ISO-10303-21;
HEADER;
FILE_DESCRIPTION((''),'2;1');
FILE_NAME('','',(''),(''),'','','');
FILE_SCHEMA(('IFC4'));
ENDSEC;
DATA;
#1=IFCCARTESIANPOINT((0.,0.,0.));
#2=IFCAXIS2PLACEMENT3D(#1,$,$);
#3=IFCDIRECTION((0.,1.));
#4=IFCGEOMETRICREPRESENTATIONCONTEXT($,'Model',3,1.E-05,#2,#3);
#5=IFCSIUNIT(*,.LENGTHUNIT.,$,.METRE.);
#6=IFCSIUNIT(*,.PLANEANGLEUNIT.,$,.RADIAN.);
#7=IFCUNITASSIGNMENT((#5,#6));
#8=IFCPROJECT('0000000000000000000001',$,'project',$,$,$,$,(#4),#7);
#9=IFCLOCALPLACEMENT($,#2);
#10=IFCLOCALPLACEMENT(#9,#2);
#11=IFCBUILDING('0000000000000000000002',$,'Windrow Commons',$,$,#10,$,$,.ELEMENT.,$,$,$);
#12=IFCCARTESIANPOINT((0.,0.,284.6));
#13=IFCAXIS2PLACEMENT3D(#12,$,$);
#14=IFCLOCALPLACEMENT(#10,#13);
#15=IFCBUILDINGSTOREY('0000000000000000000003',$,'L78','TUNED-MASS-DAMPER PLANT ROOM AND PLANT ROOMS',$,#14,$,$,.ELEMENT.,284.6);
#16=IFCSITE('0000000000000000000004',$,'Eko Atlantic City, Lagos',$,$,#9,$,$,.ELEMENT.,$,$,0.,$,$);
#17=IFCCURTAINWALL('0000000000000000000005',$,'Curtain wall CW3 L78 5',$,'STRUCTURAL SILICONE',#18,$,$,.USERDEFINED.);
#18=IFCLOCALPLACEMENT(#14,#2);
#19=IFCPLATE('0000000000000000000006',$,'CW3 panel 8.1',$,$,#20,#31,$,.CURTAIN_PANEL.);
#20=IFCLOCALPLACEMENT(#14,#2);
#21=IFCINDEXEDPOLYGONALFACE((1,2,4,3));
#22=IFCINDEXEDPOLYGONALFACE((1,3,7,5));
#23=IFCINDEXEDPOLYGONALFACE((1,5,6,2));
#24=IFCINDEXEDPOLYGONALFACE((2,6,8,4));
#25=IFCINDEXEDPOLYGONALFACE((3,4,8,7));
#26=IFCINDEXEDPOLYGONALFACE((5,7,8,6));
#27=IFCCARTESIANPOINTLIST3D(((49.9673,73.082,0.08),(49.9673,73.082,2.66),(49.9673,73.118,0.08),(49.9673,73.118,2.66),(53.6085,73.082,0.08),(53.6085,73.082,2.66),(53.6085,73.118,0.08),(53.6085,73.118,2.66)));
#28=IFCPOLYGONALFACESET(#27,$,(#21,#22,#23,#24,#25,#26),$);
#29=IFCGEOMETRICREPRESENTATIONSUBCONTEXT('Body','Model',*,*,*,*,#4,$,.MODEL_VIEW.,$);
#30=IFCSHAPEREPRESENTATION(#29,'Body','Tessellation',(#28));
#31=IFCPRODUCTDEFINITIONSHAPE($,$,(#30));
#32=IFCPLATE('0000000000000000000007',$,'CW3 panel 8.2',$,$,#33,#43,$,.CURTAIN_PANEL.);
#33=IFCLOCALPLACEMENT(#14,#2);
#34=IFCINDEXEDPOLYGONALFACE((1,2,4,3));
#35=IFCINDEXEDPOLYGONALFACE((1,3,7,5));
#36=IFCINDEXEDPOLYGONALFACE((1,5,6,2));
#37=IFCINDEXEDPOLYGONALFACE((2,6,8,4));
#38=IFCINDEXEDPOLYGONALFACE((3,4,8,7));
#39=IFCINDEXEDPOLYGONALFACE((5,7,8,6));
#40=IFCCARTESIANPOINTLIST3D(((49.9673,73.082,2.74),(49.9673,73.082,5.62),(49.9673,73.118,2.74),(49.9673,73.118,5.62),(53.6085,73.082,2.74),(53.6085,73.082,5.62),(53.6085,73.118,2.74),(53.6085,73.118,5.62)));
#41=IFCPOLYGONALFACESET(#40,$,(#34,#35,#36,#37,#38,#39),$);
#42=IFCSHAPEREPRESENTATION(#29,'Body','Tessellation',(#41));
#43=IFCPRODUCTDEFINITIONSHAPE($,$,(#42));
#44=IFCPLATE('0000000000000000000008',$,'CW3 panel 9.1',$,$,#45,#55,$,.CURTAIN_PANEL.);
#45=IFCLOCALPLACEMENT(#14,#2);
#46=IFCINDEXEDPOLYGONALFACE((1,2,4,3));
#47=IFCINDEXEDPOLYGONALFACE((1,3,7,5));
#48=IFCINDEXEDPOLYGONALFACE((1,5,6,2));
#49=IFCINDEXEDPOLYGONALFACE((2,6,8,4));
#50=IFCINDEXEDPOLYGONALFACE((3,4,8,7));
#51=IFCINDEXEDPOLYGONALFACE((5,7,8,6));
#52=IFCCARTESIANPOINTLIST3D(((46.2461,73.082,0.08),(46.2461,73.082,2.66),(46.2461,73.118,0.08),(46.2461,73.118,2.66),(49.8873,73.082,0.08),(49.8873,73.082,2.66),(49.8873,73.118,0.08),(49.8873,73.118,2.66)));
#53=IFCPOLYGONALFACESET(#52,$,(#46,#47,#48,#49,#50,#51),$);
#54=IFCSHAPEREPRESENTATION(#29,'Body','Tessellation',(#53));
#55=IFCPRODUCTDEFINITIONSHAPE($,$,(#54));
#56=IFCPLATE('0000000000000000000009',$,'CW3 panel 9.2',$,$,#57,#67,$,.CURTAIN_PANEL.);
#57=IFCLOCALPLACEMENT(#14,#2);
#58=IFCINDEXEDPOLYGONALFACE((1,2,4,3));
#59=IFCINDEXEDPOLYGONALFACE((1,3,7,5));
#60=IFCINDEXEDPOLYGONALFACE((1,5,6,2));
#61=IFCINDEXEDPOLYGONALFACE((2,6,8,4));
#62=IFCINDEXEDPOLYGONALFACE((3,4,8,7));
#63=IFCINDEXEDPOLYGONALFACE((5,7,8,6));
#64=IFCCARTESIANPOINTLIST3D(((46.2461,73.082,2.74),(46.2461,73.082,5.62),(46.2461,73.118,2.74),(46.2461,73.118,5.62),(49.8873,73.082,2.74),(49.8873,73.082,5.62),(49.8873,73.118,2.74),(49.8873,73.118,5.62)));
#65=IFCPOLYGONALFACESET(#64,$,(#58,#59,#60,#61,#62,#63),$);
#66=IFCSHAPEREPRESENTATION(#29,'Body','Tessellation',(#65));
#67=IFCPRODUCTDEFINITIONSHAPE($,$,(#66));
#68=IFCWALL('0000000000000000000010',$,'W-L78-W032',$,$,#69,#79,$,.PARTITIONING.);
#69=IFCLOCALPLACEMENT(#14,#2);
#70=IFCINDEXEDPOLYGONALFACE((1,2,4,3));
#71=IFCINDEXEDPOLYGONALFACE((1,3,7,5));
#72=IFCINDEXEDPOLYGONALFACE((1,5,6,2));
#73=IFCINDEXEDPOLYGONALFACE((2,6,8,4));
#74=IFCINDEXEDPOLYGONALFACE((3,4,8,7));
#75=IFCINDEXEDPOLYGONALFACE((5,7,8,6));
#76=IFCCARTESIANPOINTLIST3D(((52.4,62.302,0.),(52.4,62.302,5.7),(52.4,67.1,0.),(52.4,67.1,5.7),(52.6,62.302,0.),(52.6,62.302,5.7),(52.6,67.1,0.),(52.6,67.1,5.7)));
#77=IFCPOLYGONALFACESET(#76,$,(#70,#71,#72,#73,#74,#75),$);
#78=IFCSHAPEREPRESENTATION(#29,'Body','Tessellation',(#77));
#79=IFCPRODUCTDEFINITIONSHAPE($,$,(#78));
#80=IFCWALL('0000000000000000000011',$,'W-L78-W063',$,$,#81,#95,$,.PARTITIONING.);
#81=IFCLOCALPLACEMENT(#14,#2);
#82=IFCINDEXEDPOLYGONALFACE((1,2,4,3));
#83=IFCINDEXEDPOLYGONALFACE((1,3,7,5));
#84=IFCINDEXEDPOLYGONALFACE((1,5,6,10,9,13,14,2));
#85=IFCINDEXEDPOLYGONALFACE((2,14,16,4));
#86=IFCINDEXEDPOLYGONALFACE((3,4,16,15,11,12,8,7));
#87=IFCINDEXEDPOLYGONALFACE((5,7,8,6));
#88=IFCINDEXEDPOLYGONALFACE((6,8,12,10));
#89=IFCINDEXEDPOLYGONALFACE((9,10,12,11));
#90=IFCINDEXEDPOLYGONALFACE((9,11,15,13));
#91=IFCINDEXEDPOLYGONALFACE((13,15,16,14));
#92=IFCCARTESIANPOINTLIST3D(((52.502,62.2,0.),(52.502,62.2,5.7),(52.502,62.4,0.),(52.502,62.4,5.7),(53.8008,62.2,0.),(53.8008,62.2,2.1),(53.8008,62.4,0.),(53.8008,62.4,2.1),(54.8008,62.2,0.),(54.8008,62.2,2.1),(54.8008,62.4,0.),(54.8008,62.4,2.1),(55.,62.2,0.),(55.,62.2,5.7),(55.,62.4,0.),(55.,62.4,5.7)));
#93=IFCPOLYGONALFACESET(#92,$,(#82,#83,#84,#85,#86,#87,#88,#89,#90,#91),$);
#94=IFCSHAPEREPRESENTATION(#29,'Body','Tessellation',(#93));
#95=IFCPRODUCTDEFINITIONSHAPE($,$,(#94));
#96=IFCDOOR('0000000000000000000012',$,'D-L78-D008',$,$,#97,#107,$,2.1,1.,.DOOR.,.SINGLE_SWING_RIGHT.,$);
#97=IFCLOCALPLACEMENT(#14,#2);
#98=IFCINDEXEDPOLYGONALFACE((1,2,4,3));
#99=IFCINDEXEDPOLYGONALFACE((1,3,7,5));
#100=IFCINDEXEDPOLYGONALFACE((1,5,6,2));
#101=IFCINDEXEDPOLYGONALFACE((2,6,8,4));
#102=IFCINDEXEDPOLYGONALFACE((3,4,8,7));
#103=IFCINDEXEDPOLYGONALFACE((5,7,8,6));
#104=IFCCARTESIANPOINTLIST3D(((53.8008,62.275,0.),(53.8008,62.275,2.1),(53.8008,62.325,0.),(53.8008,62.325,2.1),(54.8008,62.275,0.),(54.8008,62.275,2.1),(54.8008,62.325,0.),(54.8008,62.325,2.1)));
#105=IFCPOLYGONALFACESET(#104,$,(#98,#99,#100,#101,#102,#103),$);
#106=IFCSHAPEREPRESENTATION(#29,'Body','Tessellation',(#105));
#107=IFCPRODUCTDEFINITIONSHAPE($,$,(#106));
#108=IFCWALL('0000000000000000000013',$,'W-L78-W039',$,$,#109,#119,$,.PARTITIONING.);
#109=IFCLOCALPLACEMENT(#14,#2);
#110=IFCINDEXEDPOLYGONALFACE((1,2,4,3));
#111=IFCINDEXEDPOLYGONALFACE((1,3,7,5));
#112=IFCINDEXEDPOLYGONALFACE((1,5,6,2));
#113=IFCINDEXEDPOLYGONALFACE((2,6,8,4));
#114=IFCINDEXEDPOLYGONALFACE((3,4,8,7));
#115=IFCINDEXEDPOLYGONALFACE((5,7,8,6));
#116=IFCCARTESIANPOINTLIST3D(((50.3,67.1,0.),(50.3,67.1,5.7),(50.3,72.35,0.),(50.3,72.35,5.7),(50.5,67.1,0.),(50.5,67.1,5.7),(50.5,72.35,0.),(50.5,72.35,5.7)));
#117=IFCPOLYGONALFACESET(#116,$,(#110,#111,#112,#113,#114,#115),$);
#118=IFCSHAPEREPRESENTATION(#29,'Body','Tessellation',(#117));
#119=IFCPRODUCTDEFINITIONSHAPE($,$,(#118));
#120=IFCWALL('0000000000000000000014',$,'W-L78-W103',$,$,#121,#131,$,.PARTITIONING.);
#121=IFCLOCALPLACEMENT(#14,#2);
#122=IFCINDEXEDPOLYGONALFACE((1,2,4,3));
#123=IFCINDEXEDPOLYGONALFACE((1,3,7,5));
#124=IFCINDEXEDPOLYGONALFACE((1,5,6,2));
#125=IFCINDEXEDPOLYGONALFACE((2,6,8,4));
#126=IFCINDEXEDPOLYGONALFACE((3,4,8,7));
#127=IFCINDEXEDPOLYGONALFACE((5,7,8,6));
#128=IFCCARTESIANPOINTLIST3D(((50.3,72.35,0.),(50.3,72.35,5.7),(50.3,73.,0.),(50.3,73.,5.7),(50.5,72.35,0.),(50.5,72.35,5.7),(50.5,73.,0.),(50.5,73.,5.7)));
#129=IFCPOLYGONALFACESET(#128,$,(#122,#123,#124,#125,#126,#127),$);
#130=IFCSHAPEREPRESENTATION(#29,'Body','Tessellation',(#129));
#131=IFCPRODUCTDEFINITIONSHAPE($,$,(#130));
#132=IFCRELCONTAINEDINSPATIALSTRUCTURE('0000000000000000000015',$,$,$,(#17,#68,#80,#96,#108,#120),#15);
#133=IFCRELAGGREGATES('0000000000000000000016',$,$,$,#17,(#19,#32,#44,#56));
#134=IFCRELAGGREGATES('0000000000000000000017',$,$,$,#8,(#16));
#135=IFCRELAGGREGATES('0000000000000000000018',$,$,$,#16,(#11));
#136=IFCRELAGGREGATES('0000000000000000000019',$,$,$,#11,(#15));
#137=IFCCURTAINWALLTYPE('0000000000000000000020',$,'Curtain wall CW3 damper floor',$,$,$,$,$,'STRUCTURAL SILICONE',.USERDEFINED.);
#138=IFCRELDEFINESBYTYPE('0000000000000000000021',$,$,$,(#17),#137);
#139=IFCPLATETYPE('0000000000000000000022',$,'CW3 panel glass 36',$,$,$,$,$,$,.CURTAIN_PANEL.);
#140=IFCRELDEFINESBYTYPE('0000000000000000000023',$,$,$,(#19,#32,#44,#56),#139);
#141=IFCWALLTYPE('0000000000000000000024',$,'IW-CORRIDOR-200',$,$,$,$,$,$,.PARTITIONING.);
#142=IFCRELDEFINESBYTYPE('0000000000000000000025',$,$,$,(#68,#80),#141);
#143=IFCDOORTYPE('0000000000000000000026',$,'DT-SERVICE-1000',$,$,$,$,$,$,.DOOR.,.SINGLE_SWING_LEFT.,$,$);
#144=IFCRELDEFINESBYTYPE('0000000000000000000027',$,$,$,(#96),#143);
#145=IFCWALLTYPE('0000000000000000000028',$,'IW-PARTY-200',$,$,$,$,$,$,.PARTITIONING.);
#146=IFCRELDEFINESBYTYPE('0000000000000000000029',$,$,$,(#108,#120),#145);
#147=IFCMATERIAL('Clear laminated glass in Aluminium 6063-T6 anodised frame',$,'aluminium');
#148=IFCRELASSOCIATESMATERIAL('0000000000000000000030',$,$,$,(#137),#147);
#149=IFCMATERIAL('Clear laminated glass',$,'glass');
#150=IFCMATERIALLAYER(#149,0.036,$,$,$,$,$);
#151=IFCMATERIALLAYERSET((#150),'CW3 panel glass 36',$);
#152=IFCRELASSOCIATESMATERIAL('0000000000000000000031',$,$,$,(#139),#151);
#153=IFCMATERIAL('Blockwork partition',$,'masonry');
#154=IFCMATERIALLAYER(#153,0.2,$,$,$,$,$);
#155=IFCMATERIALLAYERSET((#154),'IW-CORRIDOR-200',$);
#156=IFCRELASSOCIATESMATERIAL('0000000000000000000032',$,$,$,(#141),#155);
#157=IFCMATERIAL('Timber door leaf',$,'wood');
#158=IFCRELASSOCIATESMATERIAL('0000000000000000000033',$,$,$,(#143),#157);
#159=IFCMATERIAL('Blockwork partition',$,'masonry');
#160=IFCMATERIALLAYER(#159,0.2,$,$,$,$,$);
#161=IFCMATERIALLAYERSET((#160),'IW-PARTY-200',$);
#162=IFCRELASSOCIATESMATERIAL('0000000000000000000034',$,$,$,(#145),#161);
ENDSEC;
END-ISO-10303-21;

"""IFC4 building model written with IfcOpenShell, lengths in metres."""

from ifc_helpers import new_model, si_unit, direction, frame, frame_2d, origin, origin_2d, place, context, subcontext, project, spatial, rectangle, extrude, material, layer, layer_set, type_object, element, fill, aggregate, save


model = new_model("IFC4")

# Units and contexts
model_context = context("Model", 3, precision=1e-05, world=origin(), true_north=direction((0.0, 1.0)))
body_context = subcontext(model_context, "Body", "Model", "MODEL_VIEW")
ifc_project = project(units=[si_unit("LENGTHUNIT", "METRE"), si_unit("PLANEANGLEUNIT", "RADIAN")], contexts=[model_context])

# Site, building, storey
site_placement = place(None, origin())
site = spatial("IfcSite", under=ifc_project, at=site_placement, Name="Eko Atlantic City, Lagos", CompositionType="ELEMENT", RefElevation=0.0)
building_placement = place(site_placement, origin())
building = spatial("IfcBuilding", under=site, at=building_placement, Name="Windrow Commons", CompositionType="ELEMENT")
storey_placement = place(building_placement, frame((0.0, 0.0, 284.6)))
storey = spatial("IfcBuildingStorey", under=building, at=storey_placement, Name="L78", Description="TUNED-MASS-DAMPER PLANT ROOM AND PLANT ROOMS", CompositionType="ELEMENT", Elevation=284.6)

# Curtain wall
ifc_material_1 = material(Name="Clear laminated glass in Aluminium 6063-T6 anodised frame", Category="aluminium")
curtain_wall_type = type_object("IfcCurtainWallType", Name="Curtain wall CW3 damper floor", ElementType="STRUCTURAL SILICONE", PredefinedType="USERDEFINED", material=ifc_material_1)
curtain_wall_placement = place(storey_placement, origin())
curtain_wall = element("IfcCurtainWall", 1, at=curtain_wall_placement, inside=storey, type_object=curtain_wall_type, Name="Curtain wall CW3 L78 5", ObjectType="STRUCTURAL SILICONE", PredefinedType="USERDEFINED")

# Plates
ifc_material_2 = material(Name="Clear laminated glass", Category="glass")
ifc_layer_1 = layer(ifc_material_2, 0.036)
ifc_layer_set_1 = layer_set([ifc_layer_1], Name="CW3 panel glass 36")
plate_type = type_object("IfcPlateType", Name="CW3 panel glass 36", PredefinedType="CURTAIN_PANEL", material=ifc_layer_set_1)
plate_1_placement = place(storey_placement, frame((51.7879, 73.1, 0.08), z_axis=(0.0, 0.0, 1.0), x_axis=(-1.0, 0.0, 0.0)))
plate_1 = element("IfcPlate", 2, at=plate_1_placement, type_object=plate_type, Name="CW3 panel 8.1", PredefinedType="CURTAIN_PANEL", context=body_context, shape_type="SweptSolid", body=[
    extrude(rectangle(XDim=3.6412, YDim=0.036, at=origin_2d()), origin(), (0.0, 0.0, 1.0), 2.58),
])
plate_2_placement = place(storey_placement, frame((51.7879, 73.1, 2.74), z_axis=(0.0, 0.0, 1.0), x_axis=(-1.0, 0.0, 0.0)))
plate_2 = element("IfcPlate", 3, at=plate_2_placement, type_object=plate_type, Name="CW3 panel 8.2", PredefinedType="CURTAIN_PANEL", context=body_context, shape_type="SweptSolid", body=[
    extrude(rectangle(XDim=3.6412, YDim=0.036, at=origin_2d()), origin(), (0.0, 0.0, 1.0), 2.88),
])
plate_3_placement = place(storey_placement, frame((48.0667, 73.1, 0.08), z_axis=(0.0, 0.0, 1.0), x_axis=(-1.0, 0.0, 0.0)))
plate_3 = element("IfcPlate", 4, at=plate_3_placement, type_object=plate_type, Name="CW3 panel 9.1", PredefinedType="CURTAIN_PANEL", context=body_context, shape_type="SweptSolid", body=[
    extrude(rectangle(XDim=3.6412, YDim=0.036, at=origin_2d()), origin(), (0.0, 0.0, 1.0), 2.58),
])
plate_4_placement = place(storey_placement, frame((48.0667, 73.1, 2.74), z_axis=(0.0, 0.0, 1.0), x_axis=(-1.0, 0.0, 0.0)))
plate_4 = element("IfcPlate", 5, at=plate_4_placement, type_object=plate_type, Name="CW3 panel 9.2", PredefinedType="CURTAIN_PANEL", context=body_context, shape_type="SweptSolid", body=[
    extrude(rectangle(XDim=3.6412, YDim=0.036, at=origin_2d()), origin(), (0.0, 0.0, 1.0), 2.88),
])
aggregate(curtain_wall, [plate_1, plate_2, plate_3, plate_4])

# Wall
ifc_material_3 = material(Name="Blockwork partition", Category="masonry")
ifc_layer_2 = layer(ifc_material_3, 0.2)
ifc_layer_set_2 = layer_set([ifc_layer_2], Name="IW-CORRIDOR-200")
wall_type_1 = type_object("IfcWallType", Name="IW-CORRIDOR-200", PredefinedType="PARTITIONING", material=ifc_layer_set_2)
wall_1_placement = place(storey_placement, frame((52.5, 62.302, 0.0), z_axis=(0.0, 0.0, 1.0), x_axis=(0.0, 1.0, 0.0)))
element("IfcWall", 6, at=wall_1_placement, inside=storey, type_object=wall_type_1, Name="W-L78-W032", PredefinedType="PARTITIONING", context=body_context, shape_type="SweptSolid", body=[
    extrude(rectangle(XDim=4.798, YDim=0.2, at=frame_2d((2.399, 0.0))), origin(), (0.0, 0.0, 1.0), 5.7),
])

# Wall, opening, door
wall_2_placement = place(storey_placement, frame((52.502, 62.3, 0.0), z_axis=(0.0, 0.0, 1.0), x_axis=(1.0, 0.0, 0.0)))
wall_2 = element("IfcWall", 7, at=wall_2_placement, inside=storey, type_object=wall_type_1, Name="W-L78-W063", PredefinedType="PARTITIONING", context=body_context, shape_type="SweptSolid", body=[
    extrude(rectangle(XDim=2.498, YDim=0.2, at=frame_2d((1.249, 0.0))), origin(), (0.0, 0.0, 1.0), 5.7),
])
opening_placement = place(wall_2_placement, frame((1.2988, 0.0, 0.0)))
opening = element("IfcOpeningElement", 8, at=opening_placement, cuts=wall_2, PredefinedType="OPENING", context=body_context, shape_type="SweptSolid", body=[
    extrude(rectangle(XDim=1.0, YDim=2.1, at=frame_2d((0.5, 1.05))), frame((0.0, 0.11, 0.0), z_axis=(0.0, -1.0, 0.0), x_axis=(1.0, 0.0, 0.0)), (0.0, 0.0, 1.0), 0.22),
])
ifc_material_4 = material(Name="Timber door leaf", Category="wood")
door_type = type_object("IfcDoorType", Name="DT-SERVICE-1000", OperationType="SINGLE_SWING_LEFT", PredefinedType="DOOR", material=ifc_material_4)
door_placement = place(opening_placement, origin())
door = element("IfcDoor", 9, at=door_placement, inside=storey, type_object=door_type, Name="D-L78-D008", OperationType="SINGLE_SWING_RIGHT", OverallHeight=2.1, OverallWidth=1.0, PredefinedType="DOOR", context=body_context, shape_type="SweptSolid", body=[
    extrude(rectangle(XDim=1.0, YDim=2.1, at=frame_2d((0.5, 1.05))), frame((0.0, 0.025, 0.0), z_axis=(0.0, -1.0, 0.0), x_axis=(1.0, 0.0, 0.0)), (0.0, 0.0, 1.0), 0.05),
])
fill(opening, door)

# Walls
ifc_material_5 = material(Name="Blockwork partition", Category="masonry")
ifc_layer_3 = layer(ifc_material_5, 0.2)
ifc_layer_set_3 = layer_set([ifc_layer_3], Name="IW-PARTY-200")
wall_type_2 = type_object("IfcWallType", Name="IW-PARTY-200", PredefinedType="PARTITIONING", material=ifc_layer_set_3)
wall_3_placement = place(storey_placement, frame((50.4, 67.1, 0.0), z_axis=(0.0, 0.0, 1.0), x_axis=(0.0, 1.0, 0.0)))
element("IfcWall", 10, at=wall_3_placement, inside=storey, type_object=wall_type_2, Name="W-L78-W039", PredefinedType="PARTITIONING", context=body_context, shape_type="SweptSolid", body=[
    extrude(rectangle(XDim=5.25, YDim=0.2, at=frame_2d((2.625, 0.0))), origin(), (0.0, 0.0, 1.0), 5.7),
])
wall_4_placement = place(storey_placement, frame((50.4, 72.35, 0.0), z_axis=(0.0, 0.0, 1.0), x_axis=(0.0, 1.0, 0.0)))
element("IfcWall", 11, at=wall_4_placement, inside=storey, type_object=wall_type_2, Name="W-L78-W103", PredefinedType="PARTITIONING", context=body_context, shape_type="SweptSolid", body=[
    extrude(rectangle(XDim=0.65, YDim=0.2, at=frame_2d((0.325, 0.0))), origin(), (0.0, 0.0, 1.0), 5.7),
])

save(model, "model.ifc")
